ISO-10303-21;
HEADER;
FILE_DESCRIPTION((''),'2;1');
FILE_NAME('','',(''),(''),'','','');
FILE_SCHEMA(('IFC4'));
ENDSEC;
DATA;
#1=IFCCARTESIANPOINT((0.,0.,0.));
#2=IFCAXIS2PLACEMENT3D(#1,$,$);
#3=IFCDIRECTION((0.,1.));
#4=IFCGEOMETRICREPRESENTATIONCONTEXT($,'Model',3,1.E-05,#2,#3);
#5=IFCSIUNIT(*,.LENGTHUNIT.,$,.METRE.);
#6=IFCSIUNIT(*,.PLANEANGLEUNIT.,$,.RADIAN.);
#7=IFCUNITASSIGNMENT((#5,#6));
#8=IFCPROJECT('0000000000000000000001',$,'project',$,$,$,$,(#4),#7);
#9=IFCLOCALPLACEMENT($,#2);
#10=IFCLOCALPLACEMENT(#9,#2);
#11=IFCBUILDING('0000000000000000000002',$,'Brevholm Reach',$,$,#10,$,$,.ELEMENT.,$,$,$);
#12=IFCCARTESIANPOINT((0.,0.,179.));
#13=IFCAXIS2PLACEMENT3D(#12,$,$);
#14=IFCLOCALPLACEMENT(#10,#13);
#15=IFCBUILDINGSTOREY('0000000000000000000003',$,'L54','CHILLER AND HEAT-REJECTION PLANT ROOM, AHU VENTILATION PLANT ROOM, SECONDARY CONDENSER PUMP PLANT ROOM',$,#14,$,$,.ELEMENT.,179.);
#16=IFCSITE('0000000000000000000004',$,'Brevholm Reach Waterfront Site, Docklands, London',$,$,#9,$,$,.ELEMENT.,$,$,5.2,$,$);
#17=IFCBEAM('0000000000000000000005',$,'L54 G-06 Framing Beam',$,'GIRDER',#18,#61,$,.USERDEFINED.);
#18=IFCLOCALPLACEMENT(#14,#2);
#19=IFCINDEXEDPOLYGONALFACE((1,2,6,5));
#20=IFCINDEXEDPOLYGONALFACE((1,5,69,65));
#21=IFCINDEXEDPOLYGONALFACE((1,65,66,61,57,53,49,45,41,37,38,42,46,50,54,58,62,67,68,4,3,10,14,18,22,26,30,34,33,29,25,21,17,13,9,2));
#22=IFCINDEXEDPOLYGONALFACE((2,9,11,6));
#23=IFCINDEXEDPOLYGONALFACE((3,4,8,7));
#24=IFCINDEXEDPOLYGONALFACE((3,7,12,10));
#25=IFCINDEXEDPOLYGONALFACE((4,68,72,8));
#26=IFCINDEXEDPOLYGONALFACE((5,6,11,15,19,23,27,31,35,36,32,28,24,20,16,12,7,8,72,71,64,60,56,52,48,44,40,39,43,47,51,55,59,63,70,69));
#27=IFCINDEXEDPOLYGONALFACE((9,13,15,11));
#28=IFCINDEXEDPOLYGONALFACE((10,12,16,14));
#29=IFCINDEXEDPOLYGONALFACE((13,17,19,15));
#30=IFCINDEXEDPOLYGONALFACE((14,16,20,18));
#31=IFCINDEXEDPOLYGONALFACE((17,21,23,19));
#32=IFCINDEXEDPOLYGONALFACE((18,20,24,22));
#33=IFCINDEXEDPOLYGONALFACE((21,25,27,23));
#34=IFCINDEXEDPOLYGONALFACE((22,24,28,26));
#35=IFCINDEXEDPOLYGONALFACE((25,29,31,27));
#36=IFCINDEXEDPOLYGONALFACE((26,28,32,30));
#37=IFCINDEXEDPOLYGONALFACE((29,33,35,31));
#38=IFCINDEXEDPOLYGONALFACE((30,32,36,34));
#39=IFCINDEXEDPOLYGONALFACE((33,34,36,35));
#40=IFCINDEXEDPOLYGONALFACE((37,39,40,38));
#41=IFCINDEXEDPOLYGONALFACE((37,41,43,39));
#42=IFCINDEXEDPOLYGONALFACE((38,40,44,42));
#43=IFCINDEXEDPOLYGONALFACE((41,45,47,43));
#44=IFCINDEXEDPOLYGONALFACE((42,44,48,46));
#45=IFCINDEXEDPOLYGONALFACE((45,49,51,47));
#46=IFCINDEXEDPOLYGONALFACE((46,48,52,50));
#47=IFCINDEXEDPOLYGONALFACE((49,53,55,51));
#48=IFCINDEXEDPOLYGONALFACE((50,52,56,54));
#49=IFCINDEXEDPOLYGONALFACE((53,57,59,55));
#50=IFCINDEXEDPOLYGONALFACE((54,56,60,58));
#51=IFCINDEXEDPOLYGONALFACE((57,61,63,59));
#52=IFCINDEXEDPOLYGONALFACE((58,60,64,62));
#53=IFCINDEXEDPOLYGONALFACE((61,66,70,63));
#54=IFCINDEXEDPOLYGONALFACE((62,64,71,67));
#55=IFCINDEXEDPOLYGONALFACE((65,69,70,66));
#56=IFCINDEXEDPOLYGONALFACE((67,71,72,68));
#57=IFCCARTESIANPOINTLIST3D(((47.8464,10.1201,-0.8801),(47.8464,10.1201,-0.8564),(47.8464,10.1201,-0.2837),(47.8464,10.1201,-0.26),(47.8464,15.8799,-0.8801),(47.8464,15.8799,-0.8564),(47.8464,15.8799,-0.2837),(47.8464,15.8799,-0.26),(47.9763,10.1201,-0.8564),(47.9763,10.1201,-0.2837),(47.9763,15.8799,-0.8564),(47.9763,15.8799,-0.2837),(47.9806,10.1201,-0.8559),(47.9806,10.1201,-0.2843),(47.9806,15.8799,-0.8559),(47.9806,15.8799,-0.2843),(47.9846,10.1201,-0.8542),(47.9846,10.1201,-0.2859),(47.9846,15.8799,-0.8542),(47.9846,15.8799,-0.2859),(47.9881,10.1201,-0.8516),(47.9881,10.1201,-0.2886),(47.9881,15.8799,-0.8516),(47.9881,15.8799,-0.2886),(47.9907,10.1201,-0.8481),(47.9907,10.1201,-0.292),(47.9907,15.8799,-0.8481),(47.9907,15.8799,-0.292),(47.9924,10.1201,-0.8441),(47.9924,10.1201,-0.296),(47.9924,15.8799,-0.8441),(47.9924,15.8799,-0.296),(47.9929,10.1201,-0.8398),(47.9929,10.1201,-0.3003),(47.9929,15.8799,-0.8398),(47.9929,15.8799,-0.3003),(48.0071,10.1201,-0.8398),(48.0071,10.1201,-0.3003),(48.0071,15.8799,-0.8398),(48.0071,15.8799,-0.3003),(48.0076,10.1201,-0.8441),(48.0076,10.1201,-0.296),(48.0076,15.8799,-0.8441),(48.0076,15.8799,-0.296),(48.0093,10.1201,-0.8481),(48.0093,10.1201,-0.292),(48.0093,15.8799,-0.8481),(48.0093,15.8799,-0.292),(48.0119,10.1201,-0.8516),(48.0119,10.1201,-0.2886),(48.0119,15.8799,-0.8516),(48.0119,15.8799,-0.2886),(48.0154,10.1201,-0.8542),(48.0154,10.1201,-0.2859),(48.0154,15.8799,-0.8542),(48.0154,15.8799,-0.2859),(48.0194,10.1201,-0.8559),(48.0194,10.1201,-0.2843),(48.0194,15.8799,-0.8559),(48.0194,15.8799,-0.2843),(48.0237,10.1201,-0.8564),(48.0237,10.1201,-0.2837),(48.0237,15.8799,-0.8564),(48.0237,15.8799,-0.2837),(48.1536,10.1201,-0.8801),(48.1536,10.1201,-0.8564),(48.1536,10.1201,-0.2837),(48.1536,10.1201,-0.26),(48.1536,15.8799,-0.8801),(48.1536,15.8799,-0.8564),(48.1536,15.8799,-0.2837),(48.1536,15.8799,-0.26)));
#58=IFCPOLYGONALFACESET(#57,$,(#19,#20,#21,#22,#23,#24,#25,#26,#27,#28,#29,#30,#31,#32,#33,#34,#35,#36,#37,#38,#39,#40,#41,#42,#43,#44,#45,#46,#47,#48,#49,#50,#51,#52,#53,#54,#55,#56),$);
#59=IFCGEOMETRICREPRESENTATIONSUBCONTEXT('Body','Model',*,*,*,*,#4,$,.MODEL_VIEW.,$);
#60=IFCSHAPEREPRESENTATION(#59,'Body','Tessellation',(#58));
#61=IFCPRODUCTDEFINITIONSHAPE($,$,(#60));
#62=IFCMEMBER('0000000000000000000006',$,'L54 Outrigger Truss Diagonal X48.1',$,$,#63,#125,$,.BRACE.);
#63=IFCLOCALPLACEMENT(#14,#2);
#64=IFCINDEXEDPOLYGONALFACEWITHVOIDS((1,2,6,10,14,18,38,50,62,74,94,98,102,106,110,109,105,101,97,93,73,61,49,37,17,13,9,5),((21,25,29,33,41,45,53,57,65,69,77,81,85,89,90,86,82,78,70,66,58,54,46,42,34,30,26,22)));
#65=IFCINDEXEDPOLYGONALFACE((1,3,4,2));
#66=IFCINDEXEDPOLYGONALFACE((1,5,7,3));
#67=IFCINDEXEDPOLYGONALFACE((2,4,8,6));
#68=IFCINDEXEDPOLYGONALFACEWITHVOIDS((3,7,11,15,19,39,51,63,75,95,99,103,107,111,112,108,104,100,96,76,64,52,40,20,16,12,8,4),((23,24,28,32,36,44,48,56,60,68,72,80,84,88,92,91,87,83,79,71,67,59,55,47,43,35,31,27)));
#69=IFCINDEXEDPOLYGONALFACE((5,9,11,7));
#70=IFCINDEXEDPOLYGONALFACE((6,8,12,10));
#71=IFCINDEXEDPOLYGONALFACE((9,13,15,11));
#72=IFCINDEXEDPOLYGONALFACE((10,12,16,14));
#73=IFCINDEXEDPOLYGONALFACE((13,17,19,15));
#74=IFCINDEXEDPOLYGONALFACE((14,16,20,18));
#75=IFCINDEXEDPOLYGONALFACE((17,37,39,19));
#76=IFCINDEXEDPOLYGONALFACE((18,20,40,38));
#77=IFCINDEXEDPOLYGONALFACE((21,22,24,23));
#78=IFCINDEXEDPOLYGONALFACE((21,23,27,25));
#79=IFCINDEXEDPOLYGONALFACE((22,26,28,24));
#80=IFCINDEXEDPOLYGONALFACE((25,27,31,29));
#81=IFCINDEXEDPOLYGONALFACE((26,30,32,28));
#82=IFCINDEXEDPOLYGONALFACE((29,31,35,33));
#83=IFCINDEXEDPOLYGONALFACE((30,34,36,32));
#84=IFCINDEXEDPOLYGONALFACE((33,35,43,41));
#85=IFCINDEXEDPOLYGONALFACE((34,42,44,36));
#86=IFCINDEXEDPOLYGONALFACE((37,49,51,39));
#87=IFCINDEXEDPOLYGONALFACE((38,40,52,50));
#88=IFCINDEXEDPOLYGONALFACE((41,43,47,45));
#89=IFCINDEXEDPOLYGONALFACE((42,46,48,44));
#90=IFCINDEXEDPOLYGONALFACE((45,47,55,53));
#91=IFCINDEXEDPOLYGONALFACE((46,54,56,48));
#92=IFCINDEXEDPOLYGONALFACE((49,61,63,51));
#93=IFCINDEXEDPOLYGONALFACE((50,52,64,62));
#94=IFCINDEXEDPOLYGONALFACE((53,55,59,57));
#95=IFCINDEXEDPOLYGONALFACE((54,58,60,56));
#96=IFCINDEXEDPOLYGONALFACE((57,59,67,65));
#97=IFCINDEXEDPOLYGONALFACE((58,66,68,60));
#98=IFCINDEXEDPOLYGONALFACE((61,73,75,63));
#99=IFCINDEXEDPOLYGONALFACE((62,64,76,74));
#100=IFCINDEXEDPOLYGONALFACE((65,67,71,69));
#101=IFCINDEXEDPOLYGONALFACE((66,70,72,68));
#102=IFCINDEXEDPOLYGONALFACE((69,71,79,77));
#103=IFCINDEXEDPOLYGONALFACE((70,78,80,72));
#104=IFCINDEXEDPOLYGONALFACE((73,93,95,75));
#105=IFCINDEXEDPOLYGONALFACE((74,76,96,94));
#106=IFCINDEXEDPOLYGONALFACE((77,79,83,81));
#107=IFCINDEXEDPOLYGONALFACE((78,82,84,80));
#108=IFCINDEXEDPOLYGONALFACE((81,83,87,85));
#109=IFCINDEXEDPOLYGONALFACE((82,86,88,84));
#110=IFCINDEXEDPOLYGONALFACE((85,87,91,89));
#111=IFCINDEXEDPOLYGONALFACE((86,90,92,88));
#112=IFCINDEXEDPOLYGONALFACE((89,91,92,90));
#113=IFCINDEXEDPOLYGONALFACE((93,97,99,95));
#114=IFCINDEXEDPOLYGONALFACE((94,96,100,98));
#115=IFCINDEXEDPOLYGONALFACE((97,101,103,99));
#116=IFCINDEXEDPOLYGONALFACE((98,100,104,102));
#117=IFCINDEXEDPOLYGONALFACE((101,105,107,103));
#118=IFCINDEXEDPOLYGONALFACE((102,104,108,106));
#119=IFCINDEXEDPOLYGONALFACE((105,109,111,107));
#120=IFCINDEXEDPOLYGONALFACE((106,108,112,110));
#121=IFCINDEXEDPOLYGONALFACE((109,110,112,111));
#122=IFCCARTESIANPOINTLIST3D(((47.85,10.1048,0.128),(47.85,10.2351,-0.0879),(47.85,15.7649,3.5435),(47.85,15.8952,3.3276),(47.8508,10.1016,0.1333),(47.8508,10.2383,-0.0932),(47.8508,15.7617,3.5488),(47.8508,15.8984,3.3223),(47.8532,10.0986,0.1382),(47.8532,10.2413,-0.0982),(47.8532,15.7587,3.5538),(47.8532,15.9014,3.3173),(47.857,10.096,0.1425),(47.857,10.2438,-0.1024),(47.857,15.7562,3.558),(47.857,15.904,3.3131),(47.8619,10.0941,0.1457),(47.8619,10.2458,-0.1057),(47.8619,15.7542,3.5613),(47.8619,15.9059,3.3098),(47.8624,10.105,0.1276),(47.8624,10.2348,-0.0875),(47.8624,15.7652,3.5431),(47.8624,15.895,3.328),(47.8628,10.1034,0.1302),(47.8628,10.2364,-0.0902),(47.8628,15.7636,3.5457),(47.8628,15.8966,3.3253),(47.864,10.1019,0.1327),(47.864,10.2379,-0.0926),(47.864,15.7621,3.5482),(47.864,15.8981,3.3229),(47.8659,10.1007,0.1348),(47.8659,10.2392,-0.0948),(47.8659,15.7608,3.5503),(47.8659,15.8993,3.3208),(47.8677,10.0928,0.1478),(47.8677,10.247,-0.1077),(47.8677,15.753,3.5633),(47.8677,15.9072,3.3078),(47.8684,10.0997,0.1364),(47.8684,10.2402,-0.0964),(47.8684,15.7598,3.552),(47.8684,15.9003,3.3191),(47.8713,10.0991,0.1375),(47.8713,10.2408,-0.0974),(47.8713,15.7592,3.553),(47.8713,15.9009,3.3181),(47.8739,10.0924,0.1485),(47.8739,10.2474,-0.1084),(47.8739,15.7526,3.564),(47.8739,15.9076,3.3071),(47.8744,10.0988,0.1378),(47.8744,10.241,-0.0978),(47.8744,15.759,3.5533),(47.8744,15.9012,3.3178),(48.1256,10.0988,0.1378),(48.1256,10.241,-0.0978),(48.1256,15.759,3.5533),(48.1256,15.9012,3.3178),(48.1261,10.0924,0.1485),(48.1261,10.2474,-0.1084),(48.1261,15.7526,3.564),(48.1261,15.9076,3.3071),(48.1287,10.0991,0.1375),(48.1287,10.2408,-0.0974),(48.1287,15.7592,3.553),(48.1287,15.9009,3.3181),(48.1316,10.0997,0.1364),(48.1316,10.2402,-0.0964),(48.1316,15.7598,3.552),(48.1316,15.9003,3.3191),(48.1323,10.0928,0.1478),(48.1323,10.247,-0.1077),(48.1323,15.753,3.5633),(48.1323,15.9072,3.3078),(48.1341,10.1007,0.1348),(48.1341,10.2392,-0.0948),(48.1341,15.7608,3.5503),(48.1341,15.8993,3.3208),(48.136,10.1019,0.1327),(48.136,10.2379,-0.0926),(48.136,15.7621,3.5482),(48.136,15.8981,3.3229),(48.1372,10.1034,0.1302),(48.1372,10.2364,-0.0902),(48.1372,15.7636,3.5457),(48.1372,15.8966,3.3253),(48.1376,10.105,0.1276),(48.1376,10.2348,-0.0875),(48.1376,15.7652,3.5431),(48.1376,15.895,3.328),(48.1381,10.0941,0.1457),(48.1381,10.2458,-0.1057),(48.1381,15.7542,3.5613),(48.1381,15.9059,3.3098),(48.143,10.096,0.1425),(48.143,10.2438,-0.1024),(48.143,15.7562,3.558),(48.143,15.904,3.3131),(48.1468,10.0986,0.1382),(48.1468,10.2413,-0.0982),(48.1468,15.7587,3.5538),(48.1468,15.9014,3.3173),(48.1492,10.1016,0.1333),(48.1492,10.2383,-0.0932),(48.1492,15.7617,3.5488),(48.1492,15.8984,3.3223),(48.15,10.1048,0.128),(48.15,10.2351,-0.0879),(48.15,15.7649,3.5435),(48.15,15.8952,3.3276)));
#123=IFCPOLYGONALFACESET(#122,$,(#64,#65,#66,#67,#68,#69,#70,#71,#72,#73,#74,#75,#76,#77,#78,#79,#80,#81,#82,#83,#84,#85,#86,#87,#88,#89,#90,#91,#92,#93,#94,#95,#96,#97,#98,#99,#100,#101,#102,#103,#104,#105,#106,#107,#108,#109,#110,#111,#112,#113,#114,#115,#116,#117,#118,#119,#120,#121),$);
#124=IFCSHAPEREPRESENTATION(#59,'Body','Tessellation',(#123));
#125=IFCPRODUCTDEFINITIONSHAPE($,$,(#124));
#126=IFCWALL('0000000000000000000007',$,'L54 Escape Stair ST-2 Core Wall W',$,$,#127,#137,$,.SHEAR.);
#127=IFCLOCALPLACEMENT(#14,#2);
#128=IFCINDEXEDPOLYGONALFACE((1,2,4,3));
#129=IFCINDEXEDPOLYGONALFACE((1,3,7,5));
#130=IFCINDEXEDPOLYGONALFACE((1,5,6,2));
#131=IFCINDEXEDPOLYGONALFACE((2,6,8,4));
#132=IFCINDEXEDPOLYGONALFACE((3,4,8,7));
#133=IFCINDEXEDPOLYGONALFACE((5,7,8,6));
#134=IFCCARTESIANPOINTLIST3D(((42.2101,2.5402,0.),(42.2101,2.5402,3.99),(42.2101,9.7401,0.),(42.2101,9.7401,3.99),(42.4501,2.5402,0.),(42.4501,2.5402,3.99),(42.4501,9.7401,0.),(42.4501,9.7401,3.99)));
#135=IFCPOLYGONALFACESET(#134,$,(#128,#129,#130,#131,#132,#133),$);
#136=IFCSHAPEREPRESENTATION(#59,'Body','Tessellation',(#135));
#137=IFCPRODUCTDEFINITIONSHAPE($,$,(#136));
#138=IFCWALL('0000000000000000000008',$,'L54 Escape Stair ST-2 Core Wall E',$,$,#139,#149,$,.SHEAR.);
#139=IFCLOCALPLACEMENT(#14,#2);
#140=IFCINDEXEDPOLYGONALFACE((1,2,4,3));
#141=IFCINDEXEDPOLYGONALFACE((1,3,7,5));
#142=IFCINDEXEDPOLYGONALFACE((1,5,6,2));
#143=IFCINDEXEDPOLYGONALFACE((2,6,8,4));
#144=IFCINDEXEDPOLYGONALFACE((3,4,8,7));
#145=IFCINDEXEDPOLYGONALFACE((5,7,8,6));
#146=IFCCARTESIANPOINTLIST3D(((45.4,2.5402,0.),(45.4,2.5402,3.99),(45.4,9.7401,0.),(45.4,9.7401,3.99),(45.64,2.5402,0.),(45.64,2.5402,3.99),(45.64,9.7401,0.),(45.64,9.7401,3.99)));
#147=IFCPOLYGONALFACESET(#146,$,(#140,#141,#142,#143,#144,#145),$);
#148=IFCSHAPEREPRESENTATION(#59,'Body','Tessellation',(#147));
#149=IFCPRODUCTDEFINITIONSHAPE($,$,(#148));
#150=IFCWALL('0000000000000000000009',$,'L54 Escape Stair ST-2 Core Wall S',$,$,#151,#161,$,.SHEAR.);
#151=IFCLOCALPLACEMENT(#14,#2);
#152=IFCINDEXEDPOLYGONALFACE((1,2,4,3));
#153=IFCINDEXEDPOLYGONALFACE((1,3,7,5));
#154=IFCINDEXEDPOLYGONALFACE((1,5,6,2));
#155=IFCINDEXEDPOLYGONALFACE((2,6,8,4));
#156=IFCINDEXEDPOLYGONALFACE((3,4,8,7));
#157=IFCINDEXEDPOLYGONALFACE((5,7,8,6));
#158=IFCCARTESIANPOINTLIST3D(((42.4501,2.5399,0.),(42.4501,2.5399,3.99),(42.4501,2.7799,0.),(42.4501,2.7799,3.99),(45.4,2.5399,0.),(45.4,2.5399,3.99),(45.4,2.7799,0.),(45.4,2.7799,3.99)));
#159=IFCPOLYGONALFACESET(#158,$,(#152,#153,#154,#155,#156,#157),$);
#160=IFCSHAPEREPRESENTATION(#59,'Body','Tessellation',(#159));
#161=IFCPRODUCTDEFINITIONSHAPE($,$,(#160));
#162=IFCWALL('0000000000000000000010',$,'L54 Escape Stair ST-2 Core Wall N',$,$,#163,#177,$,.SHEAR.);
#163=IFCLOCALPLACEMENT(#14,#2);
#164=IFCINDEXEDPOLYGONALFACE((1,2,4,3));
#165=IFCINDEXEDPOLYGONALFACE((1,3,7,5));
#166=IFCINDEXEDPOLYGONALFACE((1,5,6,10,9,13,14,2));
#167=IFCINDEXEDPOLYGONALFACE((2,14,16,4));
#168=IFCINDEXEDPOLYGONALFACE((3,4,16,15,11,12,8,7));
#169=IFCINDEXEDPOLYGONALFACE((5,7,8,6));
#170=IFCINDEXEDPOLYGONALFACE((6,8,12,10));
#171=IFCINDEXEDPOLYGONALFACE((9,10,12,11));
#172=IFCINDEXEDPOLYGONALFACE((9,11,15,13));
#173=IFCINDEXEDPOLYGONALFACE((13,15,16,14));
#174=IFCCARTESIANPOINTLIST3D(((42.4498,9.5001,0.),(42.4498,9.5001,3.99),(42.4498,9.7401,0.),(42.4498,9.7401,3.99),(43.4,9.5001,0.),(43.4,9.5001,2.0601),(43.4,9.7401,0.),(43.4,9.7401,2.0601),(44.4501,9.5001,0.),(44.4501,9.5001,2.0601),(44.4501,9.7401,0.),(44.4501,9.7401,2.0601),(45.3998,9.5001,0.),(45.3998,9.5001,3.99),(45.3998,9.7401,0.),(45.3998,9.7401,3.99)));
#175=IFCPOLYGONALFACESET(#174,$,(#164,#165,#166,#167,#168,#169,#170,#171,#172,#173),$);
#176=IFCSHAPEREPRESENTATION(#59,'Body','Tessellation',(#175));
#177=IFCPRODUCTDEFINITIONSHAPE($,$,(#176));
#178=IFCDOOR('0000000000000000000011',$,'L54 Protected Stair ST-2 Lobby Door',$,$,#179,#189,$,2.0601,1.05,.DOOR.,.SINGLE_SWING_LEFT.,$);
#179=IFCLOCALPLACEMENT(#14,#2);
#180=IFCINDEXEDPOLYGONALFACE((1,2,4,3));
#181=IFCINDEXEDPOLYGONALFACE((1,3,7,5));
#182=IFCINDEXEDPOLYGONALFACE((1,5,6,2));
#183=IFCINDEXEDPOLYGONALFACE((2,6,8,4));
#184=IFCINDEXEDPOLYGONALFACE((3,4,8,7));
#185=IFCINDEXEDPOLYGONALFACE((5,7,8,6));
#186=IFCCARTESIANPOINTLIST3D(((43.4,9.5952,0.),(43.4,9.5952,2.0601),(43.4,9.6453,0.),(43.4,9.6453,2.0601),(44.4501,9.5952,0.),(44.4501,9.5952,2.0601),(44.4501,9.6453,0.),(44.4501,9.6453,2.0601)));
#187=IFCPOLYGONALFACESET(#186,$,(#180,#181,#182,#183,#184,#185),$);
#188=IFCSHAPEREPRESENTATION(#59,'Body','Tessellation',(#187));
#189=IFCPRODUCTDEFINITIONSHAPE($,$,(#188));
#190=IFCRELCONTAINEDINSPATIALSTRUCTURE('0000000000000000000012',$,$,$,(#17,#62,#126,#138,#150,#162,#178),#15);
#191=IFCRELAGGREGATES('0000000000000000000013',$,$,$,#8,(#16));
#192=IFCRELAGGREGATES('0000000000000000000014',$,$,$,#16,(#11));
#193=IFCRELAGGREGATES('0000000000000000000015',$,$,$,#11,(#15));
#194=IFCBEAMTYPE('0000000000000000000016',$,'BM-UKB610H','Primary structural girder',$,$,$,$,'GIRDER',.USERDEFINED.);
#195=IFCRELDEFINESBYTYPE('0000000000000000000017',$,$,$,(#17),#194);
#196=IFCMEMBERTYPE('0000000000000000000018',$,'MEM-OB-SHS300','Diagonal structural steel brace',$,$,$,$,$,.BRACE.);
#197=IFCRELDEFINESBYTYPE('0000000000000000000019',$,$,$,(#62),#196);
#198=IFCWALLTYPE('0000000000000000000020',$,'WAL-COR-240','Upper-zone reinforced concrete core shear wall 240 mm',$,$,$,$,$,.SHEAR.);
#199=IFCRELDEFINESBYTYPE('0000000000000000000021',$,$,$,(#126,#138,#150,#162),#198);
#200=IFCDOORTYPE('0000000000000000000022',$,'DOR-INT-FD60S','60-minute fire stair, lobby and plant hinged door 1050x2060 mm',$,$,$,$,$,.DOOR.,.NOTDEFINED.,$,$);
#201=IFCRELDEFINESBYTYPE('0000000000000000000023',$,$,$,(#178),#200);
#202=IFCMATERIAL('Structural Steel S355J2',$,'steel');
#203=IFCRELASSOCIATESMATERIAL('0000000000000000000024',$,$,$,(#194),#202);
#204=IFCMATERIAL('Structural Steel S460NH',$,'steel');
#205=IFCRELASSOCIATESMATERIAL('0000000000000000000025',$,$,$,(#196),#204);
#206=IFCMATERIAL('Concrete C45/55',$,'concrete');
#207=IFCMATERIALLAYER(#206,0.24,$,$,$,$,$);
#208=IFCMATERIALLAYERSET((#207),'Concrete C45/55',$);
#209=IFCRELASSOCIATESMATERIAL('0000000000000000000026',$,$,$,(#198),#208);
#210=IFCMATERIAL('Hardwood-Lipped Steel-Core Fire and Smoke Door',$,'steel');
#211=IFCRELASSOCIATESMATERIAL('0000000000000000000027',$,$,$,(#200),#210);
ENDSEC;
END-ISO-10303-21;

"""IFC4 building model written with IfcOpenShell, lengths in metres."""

from ifc_helpers import new_model, si_unit, direction, frame, frame_2d, origin, origin_2d, place, context, subcontext, project, spatial, rectangle, hollow_rectangle, i_section, extrude, material, layer, layer_set, material_profile, profile_set, type_object, element, fill, save


model = new_model("IFC4")

# Units and contexts
model_context = context("Model", 3, precision=1e-05, world=origin(), true_north=direction((0.0, 1.0)))
body_context = subcontext(model_context, "Body", "Model", "MODEL_VIEW")
ifc_project = project(units=[si_unit("LENGTHUNIT", "METRE"), si_unit("PLANEANGLEUNIT", "RADIAN")], contexts=[model_context])

# Site, building, storey
site_placement = place(None, origin())
site = spatial("IfcSite", under=ifc_project, at=site_placement, Name="Brevholm Reach Waterfront Site, Docklands, London", CompositionType="ELEMENT", RefElevation=5.2)
building_placement = place(site_placement, origin())
building = spatial("IfcBuilding", under=site, at=building_placement, Name="Brevholm Reach", CompositionType="ELEMENT")
storey_placement = place(building_placement, frame((0.0, 0.0, 179.0)))
storey = spatial("IfcBuildingStorey", under=building, at=storey_placement, Name="L54", Description="CHILLER AND HEAT-REJECTION PLANT ROOM, AHU VENTILATION PLANT ROOM, SECONDARY CONDENSER PUMP PLANT ROOM", CompositionType="ELEMENT", Elevation=179.0)

# Beam
ifc_material_1 = material(Name="Structural Steel S355J2", Category="steel")
ifc_material_profile_1 = material_profile(ifc_material_1, i_section(OverallWidth=0.3071, OverallDepth=0.6201, WebThickness=0.0142, FlangeThickness=0.0237, FilletRadius=0.0166, at=origin_2d()), Name="UKB 610x305x179")
ifc_profile_set_1 = profile_set([ifc_material_profile_1], Name="Structural Steel S355J2")
beam_type = type_object("IfcBeamType", Name="BM-UKB610H", Description="Primary structural girder", ElementType="GIRDER", PredefinedType="USERDEFINED", material=ifc_profile_set_1)
beam_1_placement = place(storey_placement, frame((48.0, 10.1201, -0.5701), z_axis=(0.0, 1.0, 0.0), x_axis=(-1.0, 0.0, 0.0)))
element("IfcBeam", 1, at=beam_1_placement, inside=storey, type_object=beam_type, Name="L54 G-06 Framing Beam", ObjectType="GIRDER", PredefinedType="USERDEFINED", context=body_context, shape_type="SweptSolid", body=[
    extrude(i_section(OverallWidth=0.3071, OverallDepth=0.6201, WebThickness=0.0142, FlangeThickness=0.0237, FilletRadius=0.0166, at=origin_2d()), origin(), (0.0, 0.0, 1.0), 5.7598),
])

# Member
ifc_material_2 = material(Name="Structural Steel S460NH", Category="steel")
ifc_material_profile_2 = material_profile(ifc_material_2, hollow_rectangle(XDim=0.3, YDim=0.3, WallThickness=0.0125, InnerFilletRadius=0.012, OuterFilletRadius=0.0239, at=origin_2d()), Name="SHS 300x300x12.5")
ifc_profile_set_2 = profile_set([ifc_material_profile_2], Name="Structural Steel S460NH")
member_type = type_object("IfcMemberType", Name="MEM-OB-SHS300", Description="Diagonal structural steel brace", PredefinedType="BRACE", material=ifc_profile_set_2)
member_placement = place(storey_placement, frame((48.0, 10.1699, 0.02), z_axis=(0.0, 0.856193, 0.516656), x_axis=(-1.0, 0.0, 0.0)))
element("IfcMember", 2, at=member_placement, inside=storey, type_object=member_type, Name="L54 Outrigger Truss Diagonal X48.1", PredefinedType="BRACE", context=body_context, shape_type="SweptSolid", body=[
    extrude(hollow_rectangle(XDim=0.3, YDim=0.3, WallThickness=0.0125, InnerFilletRadius=0.012, OuterFilletRadius=0.0239, at=origin_2d()), origin(), (0.0, 0.0, 1.0), 6.6108),
])

# Walls
ifc_material_3 = material(Name="Concrete C45/55", Category="concrete")
ifc_layer_1 = layer(ifc_material_3, 0.24)
ifc_layer_set_1 = layer_set([ifc_layer_1], Name="Concrete C45/55")
wall_type_1 = type_object("IfcWallType", Name="WAL-COR-240", Description="Upper-zone reinforced concrete core shear wall 240 mm", PredefinedType="SHEAR", material=ifc_layer_set_1)
for number, where, z_axis, x_axis, name in (
    (3, (42.3301, 2.54, 0.0), (0.0, 0.0, 1.0), (0.0, 1.0, 0.0), "L54 Escape Stair ST-2 Core Wall W"),
    (4, (45.52, 2.54, 0.0), (0.0, 0.0, 1.0), (0.0, 1.0, 0.0), "L54 Escape Stair ST-2 Core Wall E"),
):
    element("IfcWall", number, at=place(storey_placement, frame(where, z_axis=z_axis, x_axis=x_axis)), inside=storey, type_object=wall_type_1, Name=name, PredefinedType="SHEAR", context=body_context, shape_type="SweptSolid", body=[
        extrude(rectangle(XDim=7.2, YDim=0.24, at=frame_2d((3.6001, 0.0))), origin(), (0.0, 0.0, 1.0), 3.99),
    ])
wall_1_placement = place(storey_placement, frame((42.45, 2.6599, 0.0), z_axis=(0.0, 0.0, 1.0), x_axis=(1.0, 0.0, 0.0)))
element("IfcWall", 5, at=wall_1_placement, inside=storey, type_object=wall_type_1, Name="L54 Escape Stair ST-2 Core Wall S", PredefinedType="SHEAR", context=body_context, shape_type="SweptSolid", body=[
    extrude(rectangle(XDim=2.95, YDim=0.24, at=frame_2d((1.4751, 0.0))), origin(), (0.0, 0.0, 1.0), 3.99),
])

# Wall, opening, door
wall_2_placement = place(storey_placement, frame((45.3999, 9.6201, 0.0), z_axis=(0.0, 0.0, 1.0), x_axis=(-1.0, 0.0, 0.0)))
wall_2 = element("IfcWall", 6, at=wall_2_placement, inside=storey, type_object=wall_type_1, Name="L54 Escape Stair ST-2 Core Wall N", PredefinedType="SHEAR", context=body_context, shape_type="SweptSolid", body=[
    extrude(rectangle(XDim=2.95, YDim=0.24, at=frame_2d((1.4751, 0.0))), origin(), (0.0, 0.0, 1.0), 3.99),
])
opening_1_placement = place(wall_2_placement, frame((0.95, 0.0, 0.0)))
opening_1 = element("IfcOpeningElement", 7, at=opening_1_placement, cuts=wall_2, PredefinedType="OPENING", context=body_context, shape_type="SweptSolid", body=[
    extrude(rectangle(XDim=1.05, YDim=2.0601, at=frame_2d((0.5249, 1.03))), frame((0.0, 0.1299, 0.0), z_axis=(0.0, -1.0, 0.0), x_axis=(1.0, 0.0, 0.0)), (0.0, 0.0, 1.0), 0.26),
])
ifc_material_4 = material(Name="Hardwood-Lipped Steel-Core Fire and Smoke Door", Category="steel")
door_type_1 = type_object("IfcDoorType", Name="DOR-INT-FD60S", Description="60-minute fire stair, lobby and plant hinged door 1050x2060 mm", OperationType="NOTDEFINED", PredefinedType="DOOR", material=ifc_material_4)
door_1_placement = place(opening_1_placement, origin())
door_1 = element("IfcDoor", 8, at=door_1_placement, inside=storey, type_object=door_type_1, Name="L54 Protected Stair ST-2 Lobby Door", OperationType="SINGLE_SWING_LEFT", OverallHeight=2.0601, OverallWidth=1.05, PredefinedType="DOOR", context=body_context, shape_type="SweptSolid", body=[
    extrude(rectangle(XDim=1.05, YDim=2.0601, at=frame_2d((0.5249, 1.03))), frame((0.0, 0.0249, 0.0), z_axis=(0.0, -1.0, 0.0), x_axis=(1.0, 0.0, 0.0)), (0.0, 0.0, 1.0), 0.05),
])
fill(opening_1, door_1)

save(model, "model.ifc")
